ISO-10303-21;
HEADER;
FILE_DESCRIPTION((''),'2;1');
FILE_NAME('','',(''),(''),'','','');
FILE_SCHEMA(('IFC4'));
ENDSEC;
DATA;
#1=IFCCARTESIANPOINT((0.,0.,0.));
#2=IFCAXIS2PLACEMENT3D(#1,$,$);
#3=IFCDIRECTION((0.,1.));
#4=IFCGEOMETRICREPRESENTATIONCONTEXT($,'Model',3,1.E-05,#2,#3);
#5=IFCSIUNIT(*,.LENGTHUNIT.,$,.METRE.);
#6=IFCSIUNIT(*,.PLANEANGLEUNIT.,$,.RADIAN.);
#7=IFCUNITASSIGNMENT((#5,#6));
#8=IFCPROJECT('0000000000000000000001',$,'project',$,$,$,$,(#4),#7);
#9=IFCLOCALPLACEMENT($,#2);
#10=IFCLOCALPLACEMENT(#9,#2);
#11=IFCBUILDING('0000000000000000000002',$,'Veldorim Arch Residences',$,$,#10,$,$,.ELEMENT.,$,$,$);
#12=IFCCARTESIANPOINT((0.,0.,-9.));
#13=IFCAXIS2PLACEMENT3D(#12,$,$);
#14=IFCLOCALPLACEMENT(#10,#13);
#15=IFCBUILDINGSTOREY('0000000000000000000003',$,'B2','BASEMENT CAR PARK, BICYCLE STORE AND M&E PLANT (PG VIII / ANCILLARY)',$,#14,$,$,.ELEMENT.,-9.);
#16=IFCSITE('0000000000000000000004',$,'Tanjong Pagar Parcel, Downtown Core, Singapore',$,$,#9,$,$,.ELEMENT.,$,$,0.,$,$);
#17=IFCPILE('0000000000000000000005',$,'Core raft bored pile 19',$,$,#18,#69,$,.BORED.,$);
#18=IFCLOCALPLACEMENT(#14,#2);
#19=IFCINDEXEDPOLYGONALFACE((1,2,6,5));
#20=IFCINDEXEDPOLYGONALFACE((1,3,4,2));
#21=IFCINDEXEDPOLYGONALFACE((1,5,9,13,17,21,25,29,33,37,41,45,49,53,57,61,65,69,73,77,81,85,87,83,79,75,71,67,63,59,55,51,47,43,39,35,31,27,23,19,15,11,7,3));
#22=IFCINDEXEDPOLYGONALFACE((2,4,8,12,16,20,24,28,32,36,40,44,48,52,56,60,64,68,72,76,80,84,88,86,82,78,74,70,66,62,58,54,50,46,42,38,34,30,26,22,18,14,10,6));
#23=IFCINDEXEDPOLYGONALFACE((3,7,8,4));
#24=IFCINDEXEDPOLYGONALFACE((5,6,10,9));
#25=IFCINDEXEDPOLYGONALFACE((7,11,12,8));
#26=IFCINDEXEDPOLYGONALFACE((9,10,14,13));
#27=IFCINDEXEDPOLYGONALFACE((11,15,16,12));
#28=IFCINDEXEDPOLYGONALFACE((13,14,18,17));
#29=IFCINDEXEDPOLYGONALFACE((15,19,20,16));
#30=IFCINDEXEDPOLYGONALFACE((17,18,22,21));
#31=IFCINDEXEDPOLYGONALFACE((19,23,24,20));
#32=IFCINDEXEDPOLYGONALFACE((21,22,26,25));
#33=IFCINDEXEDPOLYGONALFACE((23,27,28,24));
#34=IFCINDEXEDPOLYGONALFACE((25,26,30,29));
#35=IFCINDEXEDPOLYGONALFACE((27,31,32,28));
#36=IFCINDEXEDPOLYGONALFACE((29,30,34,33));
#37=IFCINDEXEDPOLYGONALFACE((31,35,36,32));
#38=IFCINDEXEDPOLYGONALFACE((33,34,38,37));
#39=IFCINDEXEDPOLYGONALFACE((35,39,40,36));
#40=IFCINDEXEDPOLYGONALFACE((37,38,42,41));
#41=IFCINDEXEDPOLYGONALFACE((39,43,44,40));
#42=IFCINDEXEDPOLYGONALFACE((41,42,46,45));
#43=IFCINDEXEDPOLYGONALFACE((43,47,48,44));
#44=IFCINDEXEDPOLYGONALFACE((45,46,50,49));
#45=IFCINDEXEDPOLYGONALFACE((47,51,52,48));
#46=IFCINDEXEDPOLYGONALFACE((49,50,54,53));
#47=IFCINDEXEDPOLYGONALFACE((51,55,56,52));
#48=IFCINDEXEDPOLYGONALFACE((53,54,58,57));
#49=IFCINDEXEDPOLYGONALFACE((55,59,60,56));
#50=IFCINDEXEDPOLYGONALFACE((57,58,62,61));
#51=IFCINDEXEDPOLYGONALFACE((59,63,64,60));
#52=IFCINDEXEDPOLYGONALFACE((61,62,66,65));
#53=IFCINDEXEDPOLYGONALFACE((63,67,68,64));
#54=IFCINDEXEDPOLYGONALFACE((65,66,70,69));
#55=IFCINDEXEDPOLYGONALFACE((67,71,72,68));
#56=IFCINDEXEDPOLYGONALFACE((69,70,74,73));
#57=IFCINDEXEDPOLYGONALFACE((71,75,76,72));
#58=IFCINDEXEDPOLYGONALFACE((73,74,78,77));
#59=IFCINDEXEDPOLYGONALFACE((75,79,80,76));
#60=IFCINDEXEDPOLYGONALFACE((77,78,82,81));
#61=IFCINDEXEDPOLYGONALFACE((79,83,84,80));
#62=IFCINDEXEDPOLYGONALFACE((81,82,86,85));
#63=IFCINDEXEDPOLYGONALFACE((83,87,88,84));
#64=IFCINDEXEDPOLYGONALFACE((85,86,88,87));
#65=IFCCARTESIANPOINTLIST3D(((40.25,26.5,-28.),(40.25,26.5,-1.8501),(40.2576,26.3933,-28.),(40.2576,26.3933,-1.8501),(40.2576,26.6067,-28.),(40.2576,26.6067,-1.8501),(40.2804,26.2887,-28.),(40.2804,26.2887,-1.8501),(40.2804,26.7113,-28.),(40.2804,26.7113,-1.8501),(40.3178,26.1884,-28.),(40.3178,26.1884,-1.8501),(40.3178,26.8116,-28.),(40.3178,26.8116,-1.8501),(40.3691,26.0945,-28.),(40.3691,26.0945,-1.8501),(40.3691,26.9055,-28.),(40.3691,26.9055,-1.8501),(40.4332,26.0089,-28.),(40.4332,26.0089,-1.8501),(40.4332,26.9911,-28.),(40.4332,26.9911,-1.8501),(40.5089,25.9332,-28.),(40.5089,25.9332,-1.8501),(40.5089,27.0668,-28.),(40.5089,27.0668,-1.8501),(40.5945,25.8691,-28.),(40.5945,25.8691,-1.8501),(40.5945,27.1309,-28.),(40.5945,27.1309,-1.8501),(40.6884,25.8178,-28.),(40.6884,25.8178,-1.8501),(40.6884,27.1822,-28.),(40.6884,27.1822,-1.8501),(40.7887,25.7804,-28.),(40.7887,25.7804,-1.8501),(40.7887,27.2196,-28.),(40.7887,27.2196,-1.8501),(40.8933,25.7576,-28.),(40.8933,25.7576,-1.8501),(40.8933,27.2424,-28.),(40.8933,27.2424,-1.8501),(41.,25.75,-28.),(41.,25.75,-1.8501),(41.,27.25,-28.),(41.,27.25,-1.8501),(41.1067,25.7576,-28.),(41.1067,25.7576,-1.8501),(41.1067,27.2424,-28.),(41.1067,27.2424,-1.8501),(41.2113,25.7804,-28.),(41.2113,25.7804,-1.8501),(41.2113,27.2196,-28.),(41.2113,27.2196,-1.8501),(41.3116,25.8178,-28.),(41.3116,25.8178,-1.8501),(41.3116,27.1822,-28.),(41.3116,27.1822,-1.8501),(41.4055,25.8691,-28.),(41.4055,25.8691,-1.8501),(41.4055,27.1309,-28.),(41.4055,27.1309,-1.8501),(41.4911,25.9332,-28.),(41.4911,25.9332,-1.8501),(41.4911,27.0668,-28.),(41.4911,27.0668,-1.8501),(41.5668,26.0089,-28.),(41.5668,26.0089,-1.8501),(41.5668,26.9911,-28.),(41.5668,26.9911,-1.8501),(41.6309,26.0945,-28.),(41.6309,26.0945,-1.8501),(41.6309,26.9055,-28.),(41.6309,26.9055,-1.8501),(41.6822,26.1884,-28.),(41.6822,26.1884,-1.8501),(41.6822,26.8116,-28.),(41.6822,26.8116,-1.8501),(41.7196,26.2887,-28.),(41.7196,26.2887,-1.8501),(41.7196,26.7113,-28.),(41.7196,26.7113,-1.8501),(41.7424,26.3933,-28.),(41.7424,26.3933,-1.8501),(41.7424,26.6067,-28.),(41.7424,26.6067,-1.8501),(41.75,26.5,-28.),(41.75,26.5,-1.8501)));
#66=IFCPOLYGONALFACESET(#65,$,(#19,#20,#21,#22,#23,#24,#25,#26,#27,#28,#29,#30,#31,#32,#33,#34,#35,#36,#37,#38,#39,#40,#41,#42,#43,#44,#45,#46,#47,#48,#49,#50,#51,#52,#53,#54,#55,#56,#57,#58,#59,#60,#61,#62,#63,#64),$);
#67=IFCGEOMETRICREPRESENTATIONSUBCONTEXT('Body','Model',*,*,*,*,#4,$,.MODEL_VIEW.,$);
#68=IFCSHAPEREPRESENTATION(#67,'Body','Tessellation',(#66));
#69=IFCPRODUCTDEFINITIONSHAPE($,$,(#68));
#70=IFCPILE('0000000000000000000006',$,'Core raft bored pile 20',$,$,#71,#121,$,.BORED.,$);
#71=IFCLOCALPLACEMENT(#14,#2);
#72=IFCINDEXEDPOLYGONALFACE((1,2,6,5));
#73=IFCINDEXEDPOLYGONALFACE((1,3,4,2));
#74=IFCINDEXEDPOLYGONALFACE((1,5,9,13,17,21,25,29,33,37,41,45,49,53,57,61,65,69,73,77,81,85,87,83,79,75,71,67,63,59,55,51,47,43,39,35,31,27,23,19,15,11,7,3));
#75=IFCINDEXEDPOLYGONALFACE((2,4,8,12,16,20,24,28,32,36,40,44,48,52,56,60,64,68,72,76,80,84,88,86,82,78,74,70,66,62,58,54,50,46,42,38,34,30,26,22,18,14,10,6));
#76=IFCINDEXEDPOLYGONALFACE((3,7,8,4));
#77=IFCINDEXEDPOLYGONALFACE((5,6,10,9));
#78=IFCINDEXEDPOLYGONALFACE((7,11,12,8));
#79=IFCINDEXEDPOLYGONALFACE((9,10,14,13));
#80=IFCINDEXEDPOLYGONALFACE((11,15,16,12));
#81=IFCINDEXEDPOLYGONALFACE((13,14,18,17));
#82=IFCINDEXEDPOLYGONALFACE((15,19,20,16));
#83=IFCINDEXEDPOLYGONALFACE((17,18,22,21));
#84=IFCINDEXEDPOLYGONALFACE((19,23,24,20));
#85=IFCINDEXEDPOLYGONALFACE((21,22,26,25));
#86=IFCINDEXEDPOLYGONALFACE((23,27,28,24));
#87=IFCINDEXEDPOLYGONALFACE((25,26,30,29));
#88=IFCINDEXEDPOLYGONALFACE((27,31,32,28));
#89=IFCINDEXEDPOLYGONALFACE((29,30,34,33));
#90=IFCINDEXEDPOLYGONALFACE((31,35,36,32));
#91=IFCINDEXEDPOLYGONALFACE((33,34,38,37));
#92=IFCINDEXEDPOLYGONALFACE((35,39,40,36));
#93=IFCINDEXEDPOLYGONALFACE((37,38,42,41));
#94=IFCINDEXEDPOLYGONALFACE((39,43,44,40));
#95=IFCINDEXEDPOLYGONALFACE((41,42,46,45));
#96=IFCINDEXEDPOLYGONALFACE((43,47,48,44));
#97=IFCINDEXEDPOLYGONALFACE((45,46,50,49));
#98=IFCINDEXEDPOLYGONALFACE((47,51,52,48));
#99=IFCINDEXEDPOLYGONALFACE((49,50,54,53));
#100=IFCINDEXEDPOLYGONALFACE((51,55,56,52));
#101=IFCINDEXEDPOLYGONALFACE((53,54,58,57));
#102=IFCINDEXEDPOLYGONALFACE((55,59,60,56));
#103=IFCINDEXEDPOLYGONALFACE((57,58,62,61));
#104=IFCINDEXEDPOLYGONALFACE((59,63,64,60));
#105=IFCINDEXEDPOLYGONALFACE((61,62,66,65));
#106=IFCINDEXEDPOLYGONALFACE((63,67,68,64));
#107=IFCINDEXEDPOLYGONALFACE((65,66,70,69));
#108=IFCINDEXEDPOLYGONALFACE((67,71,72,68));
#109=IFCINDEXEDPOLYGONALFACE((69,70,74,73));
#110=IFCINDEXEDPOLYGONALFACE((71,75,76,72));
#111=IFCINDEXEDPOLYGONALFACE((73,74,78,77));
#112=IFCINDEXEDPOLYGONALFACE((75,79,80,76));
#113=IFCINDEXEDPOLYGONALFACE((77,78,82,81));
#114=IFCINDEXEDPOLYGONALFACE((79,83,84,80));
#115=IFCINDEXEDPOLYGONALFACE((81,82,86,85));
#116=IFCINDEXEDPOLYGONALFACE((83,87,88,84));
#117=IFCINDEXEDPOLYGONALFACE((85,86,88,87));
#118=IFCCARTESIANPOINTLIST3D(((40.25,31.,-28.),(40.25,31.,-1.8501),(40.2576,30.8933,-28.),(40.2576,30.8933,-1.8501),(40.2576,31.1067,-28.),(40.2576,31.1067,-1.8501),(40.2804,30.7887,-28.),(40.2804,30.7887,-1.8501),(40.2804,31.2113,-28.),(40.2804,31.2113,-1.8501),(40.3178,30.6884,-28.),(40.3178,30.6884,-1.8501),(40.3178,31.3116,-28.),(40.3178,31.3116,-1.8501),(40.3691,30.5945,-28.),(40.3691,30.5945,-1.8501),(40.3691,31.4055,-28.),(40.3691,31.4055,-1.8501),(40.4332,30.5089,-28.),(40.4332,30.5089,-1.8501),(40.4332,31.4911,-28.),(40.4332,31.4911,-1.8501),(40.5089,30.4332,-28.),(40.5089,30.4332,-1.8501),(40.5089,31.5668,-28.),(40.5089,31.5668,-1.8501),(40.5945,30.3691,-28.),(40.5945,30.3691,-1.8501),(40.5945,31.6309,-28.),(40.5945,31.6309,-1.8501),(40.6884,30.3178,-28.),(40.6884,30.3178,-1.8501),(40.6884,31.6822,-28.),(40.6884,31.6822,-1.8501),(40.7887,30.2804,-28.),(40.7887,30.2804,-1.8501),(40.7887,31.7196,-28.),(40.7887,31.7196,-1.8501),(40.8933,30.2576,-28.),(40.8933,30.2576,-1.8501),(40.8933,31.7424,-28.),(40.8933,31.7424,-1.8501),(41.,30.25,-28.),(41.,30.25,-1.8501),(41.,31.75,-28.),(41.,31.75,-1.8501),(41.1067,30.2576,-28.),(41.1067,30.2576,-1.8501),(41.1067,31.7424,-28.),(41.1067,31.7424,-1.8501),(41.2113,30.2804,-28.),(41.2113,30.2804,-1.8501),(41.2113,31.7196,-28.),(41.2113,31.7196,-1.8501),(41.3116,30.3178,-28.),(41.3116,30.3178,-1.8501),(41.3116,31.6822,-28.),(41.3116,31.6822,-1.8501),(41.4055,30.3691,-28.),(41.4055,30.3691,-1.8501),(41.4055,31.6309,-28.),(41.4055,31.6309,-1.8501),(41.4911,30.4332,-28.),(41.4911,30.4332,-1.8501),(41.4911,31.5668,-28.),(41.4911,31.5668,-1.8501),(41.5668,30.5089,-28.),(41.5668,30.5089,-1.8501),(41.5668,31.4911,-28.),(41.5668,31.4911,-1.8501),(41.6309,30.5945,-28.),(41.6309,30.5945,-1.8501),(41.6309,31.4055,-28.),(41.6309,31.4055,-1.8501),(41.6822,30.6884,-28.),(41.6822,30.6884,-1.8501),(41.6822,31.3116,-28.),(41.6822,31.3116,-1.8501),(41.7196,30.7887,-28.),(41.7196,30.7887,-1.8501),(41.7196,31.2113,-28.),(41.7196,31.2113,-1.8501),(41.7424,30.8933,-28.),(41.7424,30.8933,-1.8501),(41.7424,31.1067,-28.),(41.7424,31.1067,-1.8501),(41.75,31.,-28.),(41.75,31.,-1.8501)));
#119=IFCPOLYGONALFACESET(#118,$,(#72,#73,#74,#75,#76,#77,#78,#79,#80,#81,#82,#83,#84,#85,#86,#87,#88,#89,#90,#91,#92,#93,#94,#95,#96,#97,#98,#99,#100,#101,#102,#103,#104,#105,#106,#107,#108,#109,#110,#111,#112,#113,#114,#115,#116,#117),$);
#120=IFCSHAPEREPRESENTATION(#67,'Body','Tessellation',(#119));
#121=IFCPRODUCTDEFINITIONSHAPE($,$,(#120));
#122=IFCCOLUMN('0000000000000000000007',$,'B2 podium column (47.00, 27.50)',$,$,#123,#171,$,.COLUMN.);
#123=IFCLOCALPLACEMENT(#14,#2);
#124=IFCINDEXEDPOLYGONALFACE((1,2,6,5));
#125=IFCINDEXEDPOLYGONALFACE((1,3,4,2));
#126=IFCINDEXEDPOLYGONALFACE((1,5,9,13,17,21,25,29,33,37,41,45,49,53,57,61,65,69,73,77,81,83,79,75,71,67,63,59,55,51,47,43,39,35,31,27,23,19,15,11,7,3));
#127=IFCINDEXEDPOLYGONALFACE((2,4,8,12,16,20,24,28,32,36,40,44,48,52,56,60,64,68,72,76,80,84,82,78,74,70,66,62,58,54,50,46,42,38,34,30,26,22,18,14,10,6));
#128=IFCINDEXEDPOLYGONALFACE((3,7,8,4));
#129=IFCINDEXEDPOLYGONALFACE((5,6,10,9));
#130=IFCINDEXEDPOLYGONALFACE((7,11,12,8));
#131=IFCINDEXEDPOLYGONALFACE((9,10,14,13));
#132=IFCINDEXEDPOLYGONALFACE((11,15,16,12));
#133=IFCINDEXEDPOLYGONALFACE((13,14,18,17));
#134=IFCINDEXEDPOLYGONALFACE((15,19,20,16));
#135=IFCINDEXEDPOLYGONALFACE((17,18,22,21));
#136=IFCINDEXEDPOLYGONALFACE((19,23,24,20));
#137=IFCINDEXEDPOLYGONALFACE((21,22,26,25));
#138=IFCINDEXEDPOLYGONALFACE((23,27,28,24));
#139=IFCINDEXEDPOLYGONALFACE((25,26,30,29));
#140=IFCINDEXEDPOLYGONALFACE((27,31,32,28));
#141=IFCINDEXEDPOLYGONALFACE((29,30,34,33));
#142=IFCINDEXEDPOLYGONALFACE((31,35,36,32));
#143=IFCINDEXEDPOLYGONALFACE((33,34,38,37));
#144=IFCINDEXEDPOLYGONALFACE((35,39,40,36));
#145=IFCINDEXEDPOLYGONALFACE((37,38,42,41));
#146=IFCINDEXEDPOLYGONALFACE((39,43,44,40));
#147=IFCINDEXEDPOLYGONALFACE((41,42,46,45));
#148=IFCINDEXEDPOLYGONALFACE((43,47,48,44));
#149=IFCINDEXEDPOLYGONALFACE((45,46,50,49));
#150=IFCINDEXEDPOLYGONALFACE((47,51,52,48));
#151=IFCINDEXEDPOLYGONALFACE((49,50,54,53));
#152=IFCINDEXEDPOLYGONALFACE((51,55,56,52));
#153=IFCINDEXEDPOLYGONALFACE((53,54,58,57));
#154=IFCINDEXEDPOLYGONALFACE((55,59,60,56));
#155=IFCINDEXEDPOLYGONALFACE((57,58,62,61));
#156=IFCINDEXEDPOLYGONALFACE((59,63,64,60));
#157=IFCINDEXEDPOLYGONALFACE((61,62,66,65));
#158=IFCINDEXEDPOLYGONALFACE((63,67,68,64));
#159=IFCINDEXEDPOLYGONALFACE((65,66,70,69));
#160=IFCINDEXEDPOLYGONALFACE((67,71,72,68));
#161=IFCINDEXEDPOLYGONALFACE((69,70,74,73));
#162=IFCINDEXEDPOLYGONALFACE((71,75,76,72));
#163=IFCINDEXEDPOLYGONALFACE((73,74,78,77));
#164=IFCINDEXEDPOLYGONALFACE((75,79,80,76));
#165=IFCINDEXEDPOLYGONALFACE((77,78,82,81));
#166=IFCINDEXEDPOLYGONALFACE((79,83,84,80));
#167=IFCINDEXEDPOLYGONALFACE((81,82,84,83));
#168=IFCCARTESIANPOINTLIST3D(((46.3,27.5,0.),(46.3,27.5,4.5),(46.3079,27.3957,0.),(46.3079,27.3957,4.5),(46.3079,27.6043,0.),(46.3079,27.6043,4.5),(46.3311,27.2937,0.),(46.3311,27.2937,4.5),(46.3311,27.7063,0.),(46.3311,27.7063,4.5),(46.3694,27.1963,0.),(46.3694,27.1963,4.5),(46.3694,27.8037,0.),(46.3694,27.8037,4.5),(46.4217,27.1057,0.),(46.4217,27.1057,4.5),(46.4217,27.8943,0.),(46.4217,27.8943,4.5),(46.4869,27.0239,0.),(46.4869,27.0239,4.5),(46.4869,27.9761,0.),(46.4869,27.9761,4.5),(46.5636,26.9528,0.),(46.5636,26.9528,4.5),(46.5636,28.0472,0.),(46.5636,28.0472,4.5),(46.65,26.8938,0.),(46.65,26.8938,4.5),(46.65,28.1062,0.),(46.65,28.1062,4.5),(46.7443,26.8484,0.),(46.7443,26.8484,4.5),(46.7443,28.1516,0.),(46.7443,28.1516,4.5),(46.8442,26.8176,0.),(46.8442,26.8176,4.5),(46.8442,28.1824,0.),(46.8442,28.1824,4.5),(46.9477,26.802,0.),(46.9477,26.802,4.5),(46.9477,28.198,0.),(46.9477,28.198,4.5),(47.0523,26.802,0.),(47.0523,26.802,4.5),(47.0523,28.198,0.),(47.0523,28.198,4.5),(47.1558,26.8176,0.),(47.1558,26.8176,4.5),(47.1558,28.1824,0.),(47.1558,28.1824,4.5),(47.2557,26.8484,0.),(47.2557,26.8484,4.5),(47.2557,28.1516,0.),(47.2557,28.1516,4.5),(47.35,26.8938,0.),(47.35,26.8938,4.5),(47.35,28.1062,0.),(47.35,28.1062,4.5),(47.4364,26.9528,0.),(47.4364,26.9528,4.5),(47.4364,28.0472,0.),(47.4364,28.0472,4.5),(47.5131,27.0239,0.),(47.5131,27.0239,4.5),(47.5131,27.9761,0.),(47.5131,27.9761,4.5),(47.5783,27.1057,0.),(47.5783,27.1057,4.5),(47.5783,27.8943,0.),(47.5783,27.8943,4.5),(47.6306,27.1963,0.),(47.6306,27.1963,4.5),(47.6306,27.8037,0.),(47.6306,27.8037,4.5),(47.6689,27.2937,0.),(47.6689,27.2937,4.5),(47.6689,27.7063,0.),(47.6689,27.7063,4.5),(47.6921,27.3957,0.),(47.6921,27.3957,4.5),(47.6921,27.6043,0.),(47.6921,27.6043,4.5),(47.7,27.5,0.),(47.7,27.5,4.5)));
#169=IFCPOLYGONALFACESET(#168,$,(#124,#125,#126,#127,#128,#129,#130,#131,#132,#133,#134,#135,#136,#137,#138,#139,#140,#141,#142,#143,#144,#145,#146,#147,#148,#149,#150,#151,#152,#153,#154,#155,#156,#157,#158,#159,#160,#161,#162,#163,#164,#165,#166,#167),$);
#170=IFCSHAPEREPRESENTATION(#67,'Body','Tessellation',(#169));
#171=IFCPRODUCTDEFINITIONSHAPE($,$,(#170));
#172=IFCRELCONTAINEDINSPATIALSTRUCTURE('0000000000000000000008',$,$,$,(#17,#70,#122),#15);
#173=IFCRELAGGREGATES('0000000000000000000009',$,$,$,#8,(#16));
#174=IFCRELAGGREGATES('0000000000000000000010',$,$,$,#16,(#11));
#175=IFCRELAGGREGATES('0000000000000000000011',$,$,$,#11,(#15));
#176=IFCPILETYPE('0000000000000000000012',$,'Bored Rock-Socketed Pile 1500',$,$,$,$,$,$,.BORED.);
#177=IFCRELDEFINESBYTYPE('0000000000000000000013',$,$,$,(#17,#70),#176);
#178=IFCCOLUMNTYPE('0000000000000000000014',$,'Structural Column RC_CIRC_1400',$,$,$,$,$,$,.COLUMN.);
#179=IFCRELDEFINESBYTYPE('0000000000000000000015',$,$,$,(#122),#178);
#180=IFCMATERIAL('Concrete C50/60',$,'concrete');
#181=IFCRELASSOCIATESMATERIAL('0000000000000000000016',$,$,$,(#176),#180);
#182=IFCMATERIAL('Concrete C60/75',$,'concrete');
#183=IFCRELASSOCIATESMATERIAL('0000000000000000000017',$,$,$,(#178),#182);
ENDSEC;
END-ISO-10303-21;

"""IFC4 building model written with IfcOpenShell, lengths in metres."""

from ifc_helpers import new_model, si_unit, direction, frame, origin, origin_2d, place, context, subcontext, project, spatial, circle, extrude, material, material_profile, profile_set, type_object, element, save


model = new_model("IFC4")

# Units and contexts
model_context = context("Model", 3, precision=1e-05, world=origin(), true_north=direction((0.0, 1.0)))
body_context = subcontext(model_context, "Body", "Model", "MODEL_VIEW")
ifc_project = project(units=[si_unit("LENGTHUNIT", "METRE"), si_unit("PLANEANGLEUNIT", "RADIAN")], contexts=[model_context])

# Site, building, storey
site_placement = place(None, origin())
site = spatial("IfcSite", under=ifc_project, at=site_placement, Name="Tanjong Pagar Parcel, Downtown Core, Singapore", CompositionType="ELEMENT", RefElevation=0.0)
building_placement = place(site_placement, origin())
building = spatial("IfcBuilding", under=site, at=building_placement, Name="Veldorim Arch Residences", CompositionType="ELEMENT")
storey_placement = place(building_placement, frame((0.0, 0.0, -9.0)))
storey = spatial("IfcBuildingStorey", under=building, at=storey_placement, Name="B2", Description="BASEMENT CAR PARK, BICYCLE STORE AND M&E PLANT (PG VIII / ANCILLARY)", CompositionType="ELEMENT", Elevation=-9.0)

# Piles
ifc_material_1 = material(Name="Concrete C50/60", Category="concrete")
ifc_material_profile_1 = material_profile(ifc_material_1, circle(Radius=0.75, at=origin_2d()), Name="PILE_1500")
ifc_profile_set_1 = profile_set([ifc_material_profile_1], Name="Concrete C50/60")
pile_type_1 = type_object("IfcPileType", Name="Bored Rock-Socketed Pile 1500", PredefinedType="BORED", material=ifc_profile_set_1)
for number, where, z_axis, x_axis, name in (
    (1, (41.0, 26.5, -1.8501), (0.0, 0.0, -1.0), (1.0, 0.0, 0.0), "Core raft bored pile 19"),
    (2, (41.0, 31.0, -1.8501), (0.0, 0.0, -1.0), (1.0, 0.0, 0.0), "Core raft bored pile 20"),
):
    element("IfcPile", number, at=place(storey_placement, frame(where, z_axis=z_axis, x_axis=x_axis)), inside=storey, type_object=pile_type_1, Name=name, PredefinedType="BORED", context=body_context, shape_type="SweptSolid", body=[
        extrude(circle(Radius=0.75, at=origin_2d()), origin(), (0.0, 0.0, 1.0), 26.1499),
    ])

# Column
ifc_material_2 = material(Name="Concrete C60/75", Category="concrete")
ifc_material_profile_2 = material_profile(ifc_material_2, circle(Radius=0.7, at=origin_2d()), Name="RC_CIRC_1400")
ifc_profile_set_2 = profile_set([ifc_material_profile_2], Name="Concrete C60/75")
column_type_1 = type_object("IfcColumnType", Name="Structural Column RC_CIRC_1400", PredefinedType="COLUMN", material=ifc_profile_set_2)
for number, where, z_axis, x_axis, name in (
    (3, (47.0, 27.5, 0.0), (0.0, 0.0, 1.0), (1.0, 0.0, 0.0), "B2 podium column (47.00, 27.50)"),
):
    element("IfcColumn", number, at=place(storey_placement, frame(where, z_axis=z_axis, x_axis=x_axis)), inside=storey, type_object=column_type_1, Name=name, PredefinedType="COLUMN", context=body_context, shape_type="SweptSolid", body=[
        extrude(circle(Radius=0.7, at=origin_2d()), origin(), (0.0, 0.0, 1.0), 4.5),
    ])

save(model, "model.ifc")
